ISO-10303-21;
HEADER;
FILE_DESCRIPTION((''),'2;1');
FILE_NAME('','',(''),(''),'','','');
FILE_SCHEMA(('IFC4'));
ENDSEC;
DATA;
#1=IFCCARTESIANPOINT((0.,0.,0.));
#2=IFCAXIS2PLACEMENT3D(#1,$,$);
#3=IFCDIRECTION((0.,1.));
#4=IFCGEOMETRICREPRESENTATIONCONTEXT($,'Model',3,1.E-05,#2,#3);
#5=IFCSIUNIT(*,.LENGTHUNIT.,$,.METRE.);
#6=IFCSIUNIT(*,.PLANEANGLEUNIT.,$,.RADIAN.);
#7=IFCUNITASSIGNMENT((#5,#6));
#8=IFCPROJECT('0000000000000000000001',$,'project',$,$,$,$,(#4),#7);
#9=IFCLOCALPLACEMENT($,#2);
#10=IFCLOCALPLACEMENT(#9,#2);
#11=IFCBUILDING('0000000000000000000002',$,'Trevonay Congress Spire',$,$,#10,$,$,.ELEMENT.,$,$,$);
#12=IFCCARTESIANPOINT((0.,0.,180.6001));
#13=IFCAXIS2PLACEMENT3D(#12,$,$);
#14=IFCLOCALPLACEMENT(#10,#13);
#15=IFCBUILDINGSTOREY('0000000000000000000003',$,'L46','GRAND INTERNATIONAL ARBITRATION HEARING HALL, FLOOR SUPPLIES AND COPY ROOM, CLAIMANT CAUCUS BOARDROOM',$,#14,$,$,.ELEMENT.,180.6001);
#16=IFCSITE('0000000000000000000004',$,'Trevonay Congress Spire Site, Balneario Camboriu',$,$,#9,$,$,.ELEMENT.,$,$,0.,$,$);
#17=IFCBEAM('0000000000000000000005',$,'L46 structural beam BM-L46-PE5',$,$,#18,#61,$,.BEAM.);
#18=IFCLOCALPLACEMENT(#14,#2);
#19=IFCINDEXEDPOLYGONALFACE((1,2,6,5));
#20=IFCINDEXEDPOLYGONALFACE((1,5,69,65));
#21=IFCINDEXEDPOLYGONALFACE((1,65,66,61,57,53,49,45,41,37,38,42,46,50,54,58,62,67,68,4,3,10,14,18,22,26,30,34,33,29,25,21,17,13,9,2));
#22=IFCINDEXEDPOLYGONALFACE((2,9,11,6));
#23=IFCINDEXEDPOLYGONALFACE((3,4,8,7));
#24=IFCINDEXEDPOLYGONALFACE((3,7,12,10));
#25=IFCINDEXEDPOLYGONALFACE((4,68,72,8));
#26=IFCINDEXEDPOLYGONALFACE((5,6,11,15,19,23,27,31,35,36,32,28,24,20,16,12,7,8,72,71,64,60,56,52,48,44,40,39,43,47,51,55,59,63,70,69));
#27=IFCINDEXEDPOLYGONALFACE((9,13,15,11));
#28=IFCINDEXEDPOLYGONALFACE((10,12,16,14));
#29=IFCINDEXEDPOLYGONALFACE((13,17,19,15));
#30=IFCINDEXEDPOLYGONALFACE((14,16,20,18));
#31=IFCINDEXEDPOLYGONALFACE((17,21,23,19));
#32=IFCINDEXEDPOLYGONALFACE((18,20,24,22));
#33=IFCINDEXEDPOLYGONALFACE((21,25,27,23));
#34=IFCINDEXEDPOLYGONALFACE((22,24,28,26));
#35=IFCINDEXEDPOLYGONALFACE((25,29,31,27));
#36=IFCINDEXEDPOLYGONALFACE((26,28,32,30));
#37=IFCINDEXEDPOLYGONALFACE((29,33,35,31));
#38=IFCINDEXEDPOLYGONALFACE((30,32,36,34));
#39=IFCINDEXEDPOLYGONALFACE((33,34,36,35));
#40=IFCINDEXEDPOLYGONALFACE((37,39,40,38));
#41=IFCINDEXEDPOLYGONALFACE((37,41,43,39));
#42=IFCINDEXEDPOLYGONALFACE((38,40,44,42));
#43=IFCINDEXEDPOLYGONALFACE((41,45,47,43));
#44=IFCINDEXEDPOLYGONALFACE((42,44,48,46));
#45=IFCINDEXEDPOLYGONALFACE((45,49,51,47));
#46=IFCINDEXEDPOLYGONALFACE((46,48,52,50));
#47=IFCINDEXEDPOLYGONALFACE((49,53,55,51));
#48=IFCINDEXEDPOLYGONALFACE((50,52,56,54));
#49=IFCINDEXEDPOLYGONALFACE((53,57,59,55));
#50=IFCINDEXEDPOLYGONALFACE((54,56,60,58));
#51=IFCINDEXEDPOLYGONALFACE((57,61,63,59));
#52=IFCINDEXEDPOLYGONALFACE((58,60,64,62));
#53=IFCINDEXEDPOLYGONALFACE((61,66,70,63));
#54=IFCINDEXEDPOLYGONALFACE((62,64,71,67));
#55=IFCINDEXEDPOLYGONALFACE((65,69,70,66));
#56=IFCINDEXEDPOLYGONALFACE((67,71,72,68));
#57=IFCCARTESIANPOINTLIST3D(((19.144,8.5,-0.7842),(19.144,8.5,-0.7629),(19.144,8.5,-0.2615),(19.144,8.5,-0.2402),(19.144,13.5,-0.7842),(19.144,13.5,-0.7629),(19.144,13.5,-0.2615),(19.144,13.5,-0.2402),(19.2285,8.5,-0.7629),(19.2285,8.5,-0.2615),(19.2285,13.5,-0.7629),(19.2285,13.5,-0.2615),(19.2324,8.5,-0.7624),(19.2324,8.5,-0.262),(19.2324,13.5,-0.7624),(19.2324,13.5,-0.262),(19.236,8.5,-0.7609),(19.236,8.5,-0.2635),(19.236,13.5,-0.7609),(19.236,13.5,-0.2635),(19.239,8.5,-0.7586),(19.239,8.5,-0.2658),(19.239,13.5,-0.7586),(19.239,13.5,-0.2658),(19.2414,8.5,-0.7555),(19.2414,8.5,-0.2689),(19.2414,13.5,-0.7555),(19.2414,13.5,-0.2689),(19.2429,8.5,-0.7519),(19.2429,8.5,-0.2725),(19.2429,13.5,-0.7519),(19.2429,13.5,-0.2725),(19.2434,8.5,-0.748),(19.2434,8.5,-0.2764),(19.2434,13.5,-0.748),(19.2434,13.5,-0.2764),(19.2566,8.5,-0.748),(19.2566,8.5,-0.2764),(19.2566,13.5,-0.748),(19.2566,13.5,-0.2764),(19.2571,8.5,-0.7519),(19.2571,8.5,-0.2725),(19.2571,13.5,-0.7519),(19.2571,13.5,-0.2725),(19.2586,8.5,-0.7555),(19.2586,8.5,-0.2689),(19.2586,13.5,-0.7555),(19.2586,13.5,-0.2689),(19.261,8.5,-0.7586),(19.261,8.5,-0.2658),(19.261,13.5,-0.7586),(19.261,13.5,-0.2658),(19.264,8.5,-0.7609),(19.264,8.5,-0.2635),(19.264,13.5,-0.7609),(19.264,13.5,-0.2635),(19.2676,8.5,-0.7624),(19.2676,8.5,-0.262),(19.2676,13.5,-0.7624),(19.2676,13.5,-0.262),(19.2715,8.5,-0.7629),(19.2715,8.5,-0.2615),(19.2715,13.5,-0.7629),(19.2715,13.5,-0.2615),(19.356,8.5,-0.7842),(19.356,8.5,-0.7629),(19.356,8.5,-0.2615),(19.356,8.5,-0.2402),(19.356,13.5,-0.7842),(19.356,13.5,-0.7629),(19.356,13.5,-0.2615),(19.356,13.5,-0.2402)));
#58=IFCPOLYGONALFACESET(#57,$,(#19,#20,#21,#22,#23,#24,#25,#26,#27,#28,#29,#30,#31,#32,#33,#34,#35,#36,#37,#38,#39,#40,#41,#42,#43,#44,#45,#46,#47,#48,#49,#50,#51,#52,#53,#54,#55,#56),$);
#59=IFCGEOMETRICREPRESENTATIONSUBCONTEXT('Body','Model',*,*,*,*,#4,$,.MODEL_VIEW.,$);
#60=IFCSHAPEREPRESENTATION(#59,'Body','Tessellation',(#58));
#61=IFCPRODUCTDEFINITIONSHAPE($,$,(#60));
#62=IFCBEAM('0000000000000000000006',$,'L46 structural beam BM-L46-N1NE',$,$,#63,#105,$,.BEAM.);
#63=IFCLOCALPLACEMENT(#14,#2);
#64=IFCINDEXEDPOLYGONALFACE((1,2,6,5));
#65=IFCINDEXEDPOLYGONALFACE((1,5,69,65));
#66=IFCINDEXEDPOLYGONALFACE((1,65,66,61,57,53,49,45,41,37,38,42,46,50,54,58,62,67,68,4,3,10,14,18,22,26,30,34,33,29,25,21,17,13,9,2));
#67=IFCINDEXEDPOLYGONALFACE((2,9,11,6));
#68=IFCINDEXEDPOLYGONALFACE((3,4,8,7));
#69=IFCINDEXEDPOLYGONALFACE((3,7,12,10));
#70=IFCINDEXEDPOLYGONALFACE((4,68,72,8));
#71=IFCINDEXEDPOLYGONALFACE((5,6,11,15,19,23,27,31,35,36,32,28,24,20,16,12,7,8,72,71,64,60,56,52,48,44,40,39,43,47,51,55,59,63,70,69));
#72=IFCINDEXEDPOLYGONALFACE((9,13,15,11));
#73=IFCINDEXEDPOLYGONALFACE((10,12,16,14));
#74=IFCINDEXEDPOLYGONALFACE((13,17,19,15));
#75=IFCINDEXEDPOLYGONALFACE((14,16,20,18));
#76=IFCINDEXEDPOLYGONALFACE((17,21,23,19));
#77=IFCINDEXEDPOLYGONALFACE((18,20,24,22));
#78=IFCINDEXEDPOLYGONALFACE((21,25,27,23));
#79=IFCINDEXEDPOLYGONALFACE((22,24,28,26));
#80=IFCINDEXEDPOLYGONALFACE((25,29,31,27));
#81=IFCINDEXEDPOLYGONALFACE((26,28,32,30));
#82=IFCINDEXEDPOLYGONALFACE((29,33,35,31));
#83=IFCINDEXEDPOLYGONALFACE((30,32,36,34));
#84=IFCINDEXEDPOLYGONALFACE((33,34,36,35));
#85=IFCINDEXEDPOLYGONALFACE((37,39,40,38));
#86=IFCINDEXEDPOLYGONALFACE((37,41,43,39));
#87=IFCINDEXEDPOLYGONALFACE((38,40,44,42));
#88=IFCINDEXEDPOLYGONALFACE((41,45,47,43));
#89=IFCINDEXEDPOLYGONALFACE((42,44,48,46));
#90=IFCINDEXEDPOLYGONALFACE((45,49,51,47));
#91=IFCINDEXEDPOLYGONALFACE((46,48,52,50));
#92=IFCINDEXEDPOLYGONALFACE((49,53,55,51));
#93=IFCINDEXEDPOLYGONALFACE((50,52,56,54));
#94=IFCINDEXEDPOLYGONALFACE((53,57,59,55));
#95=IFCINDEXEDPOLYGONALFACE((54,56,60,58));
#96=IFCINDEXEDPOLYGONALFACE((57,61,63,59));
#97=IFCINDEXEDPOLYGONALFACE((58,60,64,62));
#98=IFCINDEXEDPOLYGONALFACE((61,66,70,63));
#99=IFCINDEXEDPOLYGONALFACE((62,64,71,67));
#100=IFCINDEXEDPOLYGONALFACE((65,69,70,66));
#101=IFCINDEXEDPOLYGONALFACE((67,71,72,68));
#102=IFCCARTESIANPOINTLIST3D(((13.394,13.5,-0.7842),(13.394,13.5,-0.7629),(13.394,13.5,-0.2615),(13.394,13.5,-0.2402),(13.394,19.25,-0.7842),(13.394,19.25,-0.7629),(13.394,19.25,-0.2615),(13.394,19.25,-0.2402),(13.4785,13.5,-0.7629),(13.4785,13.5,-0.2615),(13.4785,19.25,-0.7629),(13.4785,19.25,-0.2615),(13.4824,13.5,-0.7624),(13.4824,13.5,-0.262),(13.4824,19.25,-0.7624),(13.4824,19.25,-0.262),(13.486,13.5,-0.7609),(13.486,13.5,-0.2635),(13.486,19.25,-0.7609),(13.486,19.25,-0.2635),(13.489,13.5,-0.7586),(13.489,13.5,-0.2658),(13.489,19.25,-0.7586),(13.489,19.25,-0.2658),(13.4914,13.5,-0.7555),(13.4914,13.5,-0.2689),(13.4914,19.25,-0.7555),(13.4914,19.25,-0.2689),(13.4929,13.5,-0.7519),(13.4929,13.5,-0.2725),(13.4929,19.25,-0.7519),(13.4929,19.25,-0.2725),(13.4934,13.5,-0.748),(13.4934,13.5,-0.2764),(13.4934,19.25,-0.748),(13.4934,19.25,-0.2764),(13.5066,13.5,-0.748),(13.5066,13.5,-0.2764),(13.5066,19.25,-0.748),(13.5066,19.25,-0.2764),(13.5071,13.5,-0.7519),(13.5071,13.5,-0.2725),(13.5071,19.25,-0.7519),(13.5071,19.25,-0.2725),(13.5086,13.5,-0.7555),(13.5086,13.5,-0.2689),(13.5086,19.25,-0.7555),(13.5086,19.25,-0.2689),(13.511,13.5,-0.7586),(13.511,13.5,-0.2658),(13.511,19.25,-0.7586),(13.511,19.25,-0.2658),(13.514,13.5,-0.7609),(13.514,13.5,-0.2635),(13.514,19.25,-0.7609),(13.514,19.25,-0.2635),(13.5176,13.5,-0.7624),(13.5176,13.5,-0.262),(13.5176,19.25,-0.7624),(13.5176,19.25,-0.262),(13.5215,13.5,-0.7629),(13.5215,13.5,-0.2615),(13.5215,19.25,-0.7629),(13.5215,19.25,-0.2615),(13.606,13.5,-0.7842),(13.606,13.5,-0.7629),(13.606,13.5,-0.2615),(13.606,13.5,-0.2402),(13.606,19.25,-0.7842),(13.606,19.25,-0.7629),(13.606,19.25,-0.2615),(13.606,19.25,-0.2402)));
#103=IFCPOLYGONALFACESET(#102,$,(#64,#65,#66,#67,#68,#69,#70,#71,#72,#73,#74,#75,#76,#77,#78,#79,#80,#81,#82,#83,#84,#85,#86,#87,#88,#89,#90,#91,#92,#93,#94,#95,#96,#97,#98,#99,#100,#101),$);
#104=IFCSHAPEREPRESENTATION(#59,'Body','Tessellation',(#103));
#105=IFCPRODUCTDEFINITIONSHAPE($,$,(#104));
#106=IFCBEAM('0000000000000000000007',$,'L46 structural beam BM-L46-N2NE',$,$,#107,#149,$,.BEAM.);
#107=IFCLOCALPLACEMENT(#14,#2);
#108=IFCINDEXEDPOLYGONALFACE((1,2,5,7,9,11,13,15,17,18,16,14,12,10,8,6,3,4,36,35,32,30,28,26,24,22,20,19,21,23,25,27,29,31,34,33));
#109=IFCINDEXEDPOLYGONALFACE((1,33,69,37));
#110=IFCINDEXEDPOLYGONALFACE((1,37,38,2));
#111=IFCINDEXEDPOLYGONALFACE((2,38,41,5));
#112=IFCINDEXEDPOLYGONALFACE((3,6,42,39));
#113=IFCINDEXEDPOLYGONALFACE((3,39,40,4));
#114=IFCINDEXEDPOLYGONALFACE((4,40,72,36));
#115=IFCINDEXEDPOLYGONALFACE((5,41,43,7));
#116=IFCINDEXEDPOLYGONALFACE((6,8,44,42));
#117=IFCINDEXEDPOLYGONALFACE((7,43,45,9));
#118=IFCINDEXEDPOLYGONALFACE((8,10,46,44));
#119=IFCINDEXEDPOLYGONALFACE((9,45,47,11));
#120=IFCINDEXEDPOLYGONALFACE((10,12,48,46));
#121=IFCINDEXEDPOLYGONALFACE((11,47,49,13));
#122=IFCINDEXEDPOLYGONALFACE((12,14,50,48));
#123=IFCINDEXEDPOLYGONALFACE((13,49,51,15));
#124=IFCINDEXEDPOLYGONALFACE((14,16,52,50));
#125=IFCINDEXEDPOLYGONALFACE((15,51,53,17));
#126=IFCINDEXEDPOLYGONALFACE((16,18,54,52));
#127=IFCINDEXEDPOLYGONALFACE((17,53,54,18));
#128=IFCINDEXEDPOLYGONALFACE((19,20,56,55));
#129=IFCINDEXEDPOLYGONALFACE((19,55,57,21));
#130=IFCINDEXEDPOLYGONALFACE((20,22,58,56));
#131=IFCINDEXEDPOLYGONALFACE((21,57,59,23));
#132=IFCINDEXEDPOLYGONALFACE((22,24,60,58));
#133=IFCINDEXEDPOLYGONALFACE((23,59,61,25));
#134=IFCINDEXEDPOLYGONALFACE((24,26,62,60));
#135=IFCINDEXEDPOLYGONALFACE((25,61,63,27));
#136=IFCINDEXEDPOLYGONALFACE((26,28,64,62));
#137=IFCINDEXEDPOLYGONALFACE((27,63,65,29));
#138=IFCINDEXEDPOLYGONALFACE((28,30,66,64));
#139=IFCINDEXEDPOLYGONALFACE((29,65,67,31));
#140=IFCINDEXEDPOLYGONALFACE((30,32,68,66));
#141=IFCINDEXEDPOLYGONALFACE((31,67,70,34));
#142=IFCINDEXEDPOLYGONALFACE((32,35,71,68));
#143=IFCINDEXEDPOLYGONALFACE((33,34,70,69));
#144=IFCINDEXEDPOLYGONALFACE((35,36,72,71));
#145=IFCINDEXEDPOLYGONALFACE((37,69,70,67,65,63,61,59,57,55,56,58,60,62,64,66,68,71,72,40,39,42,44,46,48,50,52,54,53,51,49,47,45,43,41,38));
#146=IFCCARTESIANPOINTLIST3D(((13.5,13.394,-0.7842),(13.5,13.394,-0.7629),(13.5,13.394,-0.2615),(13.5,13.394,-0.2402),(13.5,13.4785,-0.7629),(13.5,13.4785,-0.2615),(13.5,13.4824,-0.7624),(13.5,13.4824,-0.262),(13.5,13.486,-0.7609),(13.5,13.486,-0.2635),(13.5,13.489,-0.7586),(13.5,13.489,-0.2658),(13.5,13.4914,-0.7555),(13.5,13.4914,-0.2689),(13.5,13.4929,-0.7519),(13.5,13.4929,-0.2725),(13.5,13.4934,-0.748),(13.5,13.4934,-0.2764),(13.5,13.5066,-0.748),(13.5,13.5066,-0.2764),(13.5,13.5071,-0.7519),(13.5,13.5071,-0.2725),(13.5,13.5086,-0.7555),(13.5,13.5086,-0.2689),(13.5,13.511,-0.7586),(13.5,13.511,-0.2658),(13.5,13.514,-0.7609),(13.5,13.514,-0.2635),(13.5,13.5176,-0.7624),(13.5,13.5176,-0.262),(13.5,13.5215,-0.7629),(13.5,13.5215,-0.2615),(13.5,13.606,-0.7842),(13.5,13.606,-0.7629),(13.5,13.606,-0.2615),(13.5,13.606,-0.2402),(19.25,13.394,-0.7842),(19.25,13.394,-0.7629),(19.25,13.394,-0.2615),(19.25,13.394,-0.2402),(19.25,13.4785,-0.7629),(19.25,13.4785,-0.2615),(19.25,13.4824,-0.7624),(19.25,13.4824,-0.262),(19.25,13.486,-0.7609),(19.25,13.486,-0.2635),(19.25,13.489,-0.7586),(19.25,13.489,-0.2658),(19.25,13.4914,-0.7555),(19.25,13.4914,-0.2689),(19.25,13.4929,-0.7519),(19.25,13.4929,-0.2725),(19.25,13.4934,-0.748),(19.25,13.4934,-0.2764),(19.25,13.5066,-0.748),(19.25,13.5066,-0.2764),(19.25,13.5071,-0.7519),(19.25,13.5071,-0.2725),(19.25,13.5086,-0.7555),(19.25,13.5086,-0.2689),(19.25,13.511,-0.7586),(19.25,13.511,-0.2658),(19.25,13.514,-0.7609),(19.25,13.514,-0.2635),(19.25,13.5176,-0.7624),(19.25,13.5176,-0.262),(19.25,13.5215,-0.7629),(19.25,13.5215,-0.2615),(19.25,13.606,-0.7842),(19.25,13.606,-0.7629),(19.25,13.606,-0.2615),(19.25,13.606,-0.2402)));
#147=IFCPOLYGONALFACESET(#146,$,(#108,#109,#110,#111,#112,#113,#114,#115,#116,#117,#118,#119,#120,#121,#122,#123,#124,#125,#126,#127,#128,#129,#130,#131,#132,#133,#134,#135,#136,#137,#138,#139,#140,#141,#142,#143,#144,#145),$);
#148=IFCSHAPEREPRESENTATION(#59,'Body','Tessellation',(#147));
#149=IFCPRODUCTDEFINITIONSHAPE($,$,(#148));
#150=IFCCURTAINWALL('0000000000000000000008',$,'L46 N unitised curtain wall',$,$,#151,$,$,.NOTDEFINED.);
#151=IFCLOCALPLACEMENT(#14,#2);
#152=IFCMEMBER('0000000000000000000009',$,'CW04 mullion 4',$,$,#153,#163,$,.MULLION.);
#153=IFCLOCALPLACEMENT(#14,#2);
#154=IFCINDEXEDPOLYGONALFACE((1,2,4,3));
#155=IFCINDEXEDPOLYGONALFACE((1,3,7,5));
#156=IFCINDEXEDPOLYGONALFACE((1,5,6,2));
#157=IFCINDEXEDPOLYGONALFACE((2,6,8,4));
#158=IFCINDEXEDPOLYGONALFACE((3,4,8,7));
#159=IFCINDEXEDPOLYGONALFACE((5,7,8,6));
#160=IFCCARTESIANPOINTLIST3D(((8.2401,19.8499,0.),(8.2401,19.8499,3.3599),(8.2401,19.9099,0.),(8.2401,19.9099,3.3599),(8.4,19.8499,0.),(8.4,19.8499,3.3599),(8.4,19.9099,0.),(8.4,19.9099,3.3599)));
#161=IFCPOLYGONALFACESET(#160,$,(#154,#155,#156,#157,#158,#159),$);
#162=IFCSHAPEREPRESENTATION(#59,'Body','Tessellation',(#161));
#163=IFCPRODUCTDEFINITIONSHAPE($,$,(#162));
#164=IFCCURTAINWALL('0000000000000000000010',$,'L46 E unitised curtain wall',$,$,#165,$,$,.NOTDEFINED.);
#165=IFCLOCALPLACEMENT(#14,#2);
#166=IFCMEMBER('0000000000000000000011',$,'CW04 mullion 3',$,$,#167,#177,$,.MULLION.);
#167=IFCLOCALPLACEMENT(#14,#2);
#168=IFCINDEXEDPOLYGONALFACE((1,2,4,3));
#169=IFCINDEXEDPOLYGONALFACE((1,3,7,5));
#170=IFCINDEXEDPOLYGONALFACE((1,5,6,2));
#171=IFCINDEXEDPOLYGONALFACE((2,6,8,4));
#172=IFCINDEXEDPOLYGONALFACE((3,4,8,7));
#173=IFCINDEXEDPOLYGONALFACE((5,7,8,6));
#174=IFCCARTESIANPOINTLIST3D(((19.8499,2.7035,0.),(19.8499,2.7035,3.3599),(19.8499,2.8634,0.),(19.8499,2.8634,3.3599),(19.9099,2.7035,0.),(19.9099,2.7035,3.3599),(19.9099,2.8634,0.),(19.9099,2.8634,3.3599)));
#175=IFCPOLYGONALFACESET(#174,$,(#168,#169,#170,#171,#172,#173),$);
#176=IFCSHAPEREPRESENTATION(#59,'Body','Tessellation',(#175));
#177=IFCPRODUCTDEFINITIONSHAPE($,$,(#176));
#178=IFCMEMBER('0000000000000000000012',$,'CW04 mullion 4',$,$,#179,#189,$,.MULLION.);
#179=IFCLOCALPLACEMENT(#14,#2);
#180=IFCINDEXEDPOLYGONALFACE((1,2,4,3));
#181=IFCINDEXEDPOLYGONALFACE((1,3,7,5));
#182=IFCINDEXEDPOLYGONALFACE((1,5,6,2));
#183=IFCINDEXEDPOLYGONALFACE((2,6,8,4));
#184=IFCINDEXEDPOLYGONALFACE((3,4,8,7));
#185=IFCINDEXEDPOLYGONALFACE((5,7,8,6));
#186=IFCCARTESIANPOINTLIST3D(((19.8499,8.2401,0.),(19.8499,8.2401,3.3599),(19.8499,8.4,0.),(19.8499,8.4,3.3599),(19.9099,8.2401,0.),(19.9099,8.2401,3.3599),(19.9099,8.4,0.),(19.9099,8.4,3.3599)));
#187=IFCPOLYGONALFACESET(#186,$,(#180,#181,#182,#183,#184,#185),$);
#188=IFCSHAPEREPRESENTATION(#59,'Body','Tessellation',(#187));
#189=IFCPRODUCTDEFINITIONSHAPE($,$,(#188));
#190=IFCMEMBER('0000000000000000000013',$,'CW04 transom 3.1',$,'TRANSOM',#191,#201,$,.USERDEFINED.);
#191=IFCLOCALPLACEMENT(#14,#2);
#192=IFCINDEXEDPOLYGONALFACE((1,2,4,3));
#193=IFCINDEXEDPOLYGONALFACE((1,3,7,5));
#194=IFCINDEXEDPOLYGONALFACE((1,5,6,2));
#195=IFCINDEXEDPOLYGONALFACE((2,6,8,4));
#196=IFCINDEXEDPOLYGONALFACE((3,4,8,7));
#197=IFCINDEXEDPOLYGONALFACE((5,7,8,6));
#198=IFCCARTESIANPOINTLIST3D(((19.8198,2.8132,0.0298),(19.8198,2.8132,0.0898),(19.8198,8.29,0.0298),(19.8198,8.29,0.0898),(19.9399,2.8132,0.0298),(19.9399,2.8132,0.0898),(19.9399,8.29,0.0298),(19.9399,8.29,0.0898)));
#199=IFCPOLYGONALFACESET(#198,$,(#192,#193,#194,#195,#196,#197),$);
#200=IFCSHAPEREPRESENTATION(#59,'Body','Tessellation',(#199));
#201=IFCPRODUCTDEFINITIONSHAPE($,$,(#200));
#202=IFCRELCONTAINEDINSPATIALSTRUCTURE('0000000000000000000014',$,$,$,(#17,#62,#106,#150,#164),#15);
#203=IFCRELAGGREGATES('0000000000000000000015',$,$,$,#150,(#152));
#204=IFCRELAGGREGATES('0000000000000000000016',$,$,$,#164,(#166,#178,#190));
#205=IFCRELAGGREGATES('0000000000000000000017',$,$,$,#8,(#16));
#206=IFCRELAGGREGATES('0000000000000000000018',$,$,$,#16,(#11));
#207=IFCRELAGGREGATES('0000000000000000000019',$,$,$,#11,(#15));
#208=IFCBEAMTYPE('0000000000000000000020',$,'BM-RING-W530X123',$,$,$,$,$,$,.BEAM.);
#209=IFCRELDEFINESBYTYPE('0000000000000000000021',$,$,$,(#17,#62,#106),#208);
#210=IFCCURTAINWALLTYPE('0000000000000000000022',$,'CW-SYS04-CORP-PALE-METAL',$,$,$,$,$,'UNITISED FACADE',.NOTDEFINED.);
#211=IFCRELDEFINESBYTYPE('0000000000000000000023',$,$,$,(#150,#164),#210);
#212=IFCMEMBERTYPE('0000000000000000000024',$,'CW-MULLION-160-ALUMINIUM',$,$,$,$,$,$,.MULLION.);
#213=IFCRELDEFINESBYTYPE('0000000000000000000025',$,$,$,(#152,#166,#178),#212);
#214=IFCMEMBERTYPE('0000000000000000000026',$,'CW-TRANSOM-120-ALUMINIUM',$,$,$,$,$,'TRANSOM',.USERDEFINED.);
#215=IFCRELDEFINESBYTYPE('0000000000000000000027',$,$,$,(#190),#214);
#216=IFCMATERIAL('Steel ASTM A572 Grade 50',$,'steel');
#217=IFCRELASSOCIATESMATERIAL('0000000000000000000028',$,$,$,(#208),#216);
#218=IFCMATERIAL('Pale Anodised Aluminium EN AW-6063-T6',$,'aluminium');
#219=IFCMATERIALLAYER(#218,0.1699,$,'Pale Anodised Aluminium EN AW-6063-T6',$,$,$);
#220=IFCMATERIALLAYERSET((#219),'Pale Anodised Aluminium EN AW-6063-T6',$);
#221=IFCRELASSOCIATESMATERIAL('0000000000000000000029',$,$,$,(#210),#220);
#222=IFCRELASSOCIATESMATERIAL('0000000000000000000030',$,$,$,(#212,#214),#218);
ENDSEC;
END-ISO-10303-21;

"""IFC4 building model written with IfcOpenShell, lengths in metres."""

from ifc_helpers import new_model, si_unit, direction, frame, origin, origin_2d, place, context, subcontext, project, spatial, rectangle, i_section, extrude, material, layer, layer_set, material_profile, profile_set, type_object, element, aggregate, save


model = new_model("IFC4")

# Units and contexts
model_context = context("Model", 3, precision=1e-05, world=origin(), true_north=direction((0.0, 1.0)))
body_context = subcontext(model_context, "Body", "Model", "MODEL_VIEW")
ifc_project = project(units=[si_unit("LENGTHUNIT", "METRE"), si_unit("PLANEANGLEUNIT", "RADIAN")], contexts=[model_context])

# Site, building, storey
site_placement = place(None, origin())
site = spatial("IfcSite", under=ifc_project, at=site_placement, Name="Trevonay Congress Spire Site, Balneario Camboriu", CompositionType="ELEMENT", RefElevation=0.0)
building_placement = place(site_placement, origin())
building = spatial("IfcBuilding", under=site, at=building_placement, Name="Trevonay Congress Spire", CompositionType="ELEMENT")
storey_placement = place(building_placement, frame((0.0, 0.0, 180.6001)))
storey = spatial("IfcBuildingStorey", under=building, at=storey_placement, Name="L46", Description="GRAND INTERNATIONAL ARBITRATION HEARING HALL, FLOOR SUPPLIES AND COPY ROOM, CLAIMANT CAUCUS BOARDROOM", CompositionType="ELEMENT", Elevation=180.6001)

# Shared definitions
ifc_material_1 = material(Name="Steel ASTM A572 Grade 50", Category="steel")

# Beams
ifc_material_profile_1 = material_profile(ifc_material_1, i_section(OverallWidth=0.2119, OverallDepth=0.5439, WebThickness=0.0132, FlangeThickness=0.0212, FilletRadius=0.0149, at=origin_2d()), Name="W530x123")
ifc_profile_set_1 = profile_set([ifc_material_profile_1], Name="Steel ASTM A572 Grade 50")
beam_type_1 = type_object("IfcBeamType", Name="BM-RING-W530X123", PredefinedType="BEAM", material=ifc_profile_set_1)
for number, where, z_axis, x_axis, name in (
    (1, (19.25, 8.5, -0.5122), (0.0, 1.0, 0.0), (-1.0, 0.0, 0.0), "L46 structural beam BM-L46-PE5"),
):
    element("IfcBeam", number, at=place(storey_placement, frame(where, z_axis=z_axis, x_axis=x_axis)), inside=storey, type_object=beam_type_1, Name=name, PredefinedType="BEAM", context=body_context, shape_type="SweptSolid", body=[
        extrude(i_section(OverallWidth=0.2119, OverallDepth=0.5439, WebThickness=0.0132, FlangeThickness=0.0212, FilletRadius=0.0149, at=origin_2d()), origin(), (0.0, 0.0, 1.0), 5.0),
    ])
for number, where, z_axis, x_axis, name in (
    (2, (13.5, 19.25, -0.5122), (0.0, -1.0, 0.0), (1.0, 0.0, 0.0), "L46 structural beam BM-L46-N1NE"),
    (3, (19.25, 13.5, -0.5122), (-1.0, 0.0, 0.0), (0.0, -1.0, 0.0), "L46 structural beam BM-L46-N2NE"),
):
    element("IfcBeam", number, at=place(storey_placement, frame(where, z_axis=z_axis, x_axis=x_axis)), inside=storey, type_object=beam_type_1, Name=name, PredefinedType="BEAM", context=body_context, shape_type="SweptSolid", body=[
        extrude(i_section(OverallWidth=0.2119, OverallDepth=0.5439, WebThickness=0.0132, FlangeThickness=0.0212, FilletRadius=0.0149, at=origin_2d()), origin(), (0.0, 0.0, 1.0), 5.75),
    ])

# Curtain wall, member
ifc_material_2 = material(Name="Pale Anodised Aluminium EN AW-6063-T6", Category="aluminium")
ifc_layer_1 = layer(ifc_material_2, 0.1699, Name="Pale Anodised Aluminium EN AW-6063-T6")
ifc_layer_set_1 = layer_set([ifc_layer_1], Name="Pale Anodised Aluminium EN AW-6063-T6")
curtain_wall_type = type_object("IfcCurtainWallType", Name="CW-SYS04-CORP-PALE-METAL", ElementType="UNITISED FACADE", PredefinedType="NOTDEFINED", material=ifc_layer_set_1)
curtain_wall_1_placement = place(storey_placement, origin())
curtain_wall_1 = element("IfcCurtainWall", 4, at=curtain_wall_1_placement, inside=storey, type_object=curtain_wall_type, Name="L46 N unitised curtain wall", PredefinedType="NOTDEFINED")
ifc_material_profile_2 = material_profile(ifc_material_2, rectangle(XDim=0.0601, YDim=0.1599, at=origin_2d()), Name="CW-MULLION-160-ALUMINIUM")
ifc_profile_set_2 = profile_set([ifc_material_profile_2], Name="Pale Anodised Aluminium EN AW-6063-T6")
member_type_1 = type_object("IfcMemberType", Name="CW-MULLION-160-ALUMINIUM", PredefinedType="MULLION", material=ifc_profile_set_2)
member_1_placement = place(storey_placement, frame((8.3201, 19.8799, 0.0), z_axis=(0.0, 0.0, 1.0), x_axis=(0.0, 1.0, 0.0)))
member_1 = element("IfcMember", 5, at=member_1_placement, type_object=member_type_1, Name="CW04 mullion 4", PredefinedType="MULLION", context=body_context, shape_type="SweptSolid", body=[
    extrude(rectangle(XDim=0.0601, YDim=0.1599, at=origin_2d()), origin(), (0.0, 0.0, 1.0), 3.3599),
])
aggregate(curtain_wall_1, [member_1])

# Curtain wall, members
curtain_wall_2_placement = place(storey_placement, origin())
curtain_wall_2 = element("IfcCurtainWall", 6, at=curtain_wall_2_placement, inside=storey, type_object=curtain_wall_type, Name="L46 E unitised curtain wall", PredefinedType="NOTDEFINED")
member_2_placement = place(storey_placement, frame((19.8799, 2.7834, 0.0), z_axis=(0.0, 0.0, 1.0), x_axis=(-1.0, 0.0, 0.0)))
member_2 = element("IfcMember", 7, at=member_2_placement, type_object=member_type_1, Name="CW04 mullion 3", PredefinedType="MULLION", context=body_context, shape_type="SweptSolid", body=[
    extrude(rectangle(XDim=0.0601, YDim=0.1599, at=origin_2d()), origin(), (0.0, 0.0, 1.0), 3.3599),
])
member_3_placement = place(storey_placement, frame((19.8799, 8.3201, 0.0), z_axis=(0.0, 0.0, 1.0), x_axis=(-1.0, 0.0, 0.0)))
member_3 = element("IfcMember", 8, at=member_3_placement, type_object=member_type_1, Name="CW04 mullion 4", PredefinedType="MULLION", context=body_context, shape_type="SweptSolid", body=[
    extrude(rectangle(XDim=0.0601, YDim=0.1599, at=origin_2d()), origin(), (0.0, 0.0, 1.0), 3.3599),
])
ifc_material_profile_3 = material_profile(ifc_material_2, rectangle(XDim=0.1201, YDim=0.0601, at=origin_2d()), Name="CW-TRANSOM-120-ALUMINIUM")
ifc_profile_set_3 = profile_set([ifc_material_profile_3], Name="Pale Anodised Aluminium EN AW-6063-T6")
member_type_2 = type_object("IfcMemberType", Name="CW-TRANSOM-120-ALUMINIUM", ElementType="TRANSOM", PredefinedType="USERDEFINED", material=ifc_profile_set_3)
member_4_placement = place(storey_placement, frame((19.8799, 2.8132, 0.0598), z_axis=(0.0, 1.0, 0.0), x_axis=(-1.0, 0.0, 0.0)))
member_4 = element("IfcMember", 9, at=member_4_placement, type_object=member_type_2, Name="CW04 transom 3.1", ObjectType="TRANSOM", PredefinedType="USERDEFINED", context=body_context, shape_type="SweptSolid", body=[
    extrude(rectangle(XDim=0.1201, YDim=0.0601, at=origin_2d()), origin(), (0.0, 0.0, 1.0), 5.4768),
])

aggregate(curtain_wall_2, [member_2, member_3, member_4])

save(model, "model.ifc")
